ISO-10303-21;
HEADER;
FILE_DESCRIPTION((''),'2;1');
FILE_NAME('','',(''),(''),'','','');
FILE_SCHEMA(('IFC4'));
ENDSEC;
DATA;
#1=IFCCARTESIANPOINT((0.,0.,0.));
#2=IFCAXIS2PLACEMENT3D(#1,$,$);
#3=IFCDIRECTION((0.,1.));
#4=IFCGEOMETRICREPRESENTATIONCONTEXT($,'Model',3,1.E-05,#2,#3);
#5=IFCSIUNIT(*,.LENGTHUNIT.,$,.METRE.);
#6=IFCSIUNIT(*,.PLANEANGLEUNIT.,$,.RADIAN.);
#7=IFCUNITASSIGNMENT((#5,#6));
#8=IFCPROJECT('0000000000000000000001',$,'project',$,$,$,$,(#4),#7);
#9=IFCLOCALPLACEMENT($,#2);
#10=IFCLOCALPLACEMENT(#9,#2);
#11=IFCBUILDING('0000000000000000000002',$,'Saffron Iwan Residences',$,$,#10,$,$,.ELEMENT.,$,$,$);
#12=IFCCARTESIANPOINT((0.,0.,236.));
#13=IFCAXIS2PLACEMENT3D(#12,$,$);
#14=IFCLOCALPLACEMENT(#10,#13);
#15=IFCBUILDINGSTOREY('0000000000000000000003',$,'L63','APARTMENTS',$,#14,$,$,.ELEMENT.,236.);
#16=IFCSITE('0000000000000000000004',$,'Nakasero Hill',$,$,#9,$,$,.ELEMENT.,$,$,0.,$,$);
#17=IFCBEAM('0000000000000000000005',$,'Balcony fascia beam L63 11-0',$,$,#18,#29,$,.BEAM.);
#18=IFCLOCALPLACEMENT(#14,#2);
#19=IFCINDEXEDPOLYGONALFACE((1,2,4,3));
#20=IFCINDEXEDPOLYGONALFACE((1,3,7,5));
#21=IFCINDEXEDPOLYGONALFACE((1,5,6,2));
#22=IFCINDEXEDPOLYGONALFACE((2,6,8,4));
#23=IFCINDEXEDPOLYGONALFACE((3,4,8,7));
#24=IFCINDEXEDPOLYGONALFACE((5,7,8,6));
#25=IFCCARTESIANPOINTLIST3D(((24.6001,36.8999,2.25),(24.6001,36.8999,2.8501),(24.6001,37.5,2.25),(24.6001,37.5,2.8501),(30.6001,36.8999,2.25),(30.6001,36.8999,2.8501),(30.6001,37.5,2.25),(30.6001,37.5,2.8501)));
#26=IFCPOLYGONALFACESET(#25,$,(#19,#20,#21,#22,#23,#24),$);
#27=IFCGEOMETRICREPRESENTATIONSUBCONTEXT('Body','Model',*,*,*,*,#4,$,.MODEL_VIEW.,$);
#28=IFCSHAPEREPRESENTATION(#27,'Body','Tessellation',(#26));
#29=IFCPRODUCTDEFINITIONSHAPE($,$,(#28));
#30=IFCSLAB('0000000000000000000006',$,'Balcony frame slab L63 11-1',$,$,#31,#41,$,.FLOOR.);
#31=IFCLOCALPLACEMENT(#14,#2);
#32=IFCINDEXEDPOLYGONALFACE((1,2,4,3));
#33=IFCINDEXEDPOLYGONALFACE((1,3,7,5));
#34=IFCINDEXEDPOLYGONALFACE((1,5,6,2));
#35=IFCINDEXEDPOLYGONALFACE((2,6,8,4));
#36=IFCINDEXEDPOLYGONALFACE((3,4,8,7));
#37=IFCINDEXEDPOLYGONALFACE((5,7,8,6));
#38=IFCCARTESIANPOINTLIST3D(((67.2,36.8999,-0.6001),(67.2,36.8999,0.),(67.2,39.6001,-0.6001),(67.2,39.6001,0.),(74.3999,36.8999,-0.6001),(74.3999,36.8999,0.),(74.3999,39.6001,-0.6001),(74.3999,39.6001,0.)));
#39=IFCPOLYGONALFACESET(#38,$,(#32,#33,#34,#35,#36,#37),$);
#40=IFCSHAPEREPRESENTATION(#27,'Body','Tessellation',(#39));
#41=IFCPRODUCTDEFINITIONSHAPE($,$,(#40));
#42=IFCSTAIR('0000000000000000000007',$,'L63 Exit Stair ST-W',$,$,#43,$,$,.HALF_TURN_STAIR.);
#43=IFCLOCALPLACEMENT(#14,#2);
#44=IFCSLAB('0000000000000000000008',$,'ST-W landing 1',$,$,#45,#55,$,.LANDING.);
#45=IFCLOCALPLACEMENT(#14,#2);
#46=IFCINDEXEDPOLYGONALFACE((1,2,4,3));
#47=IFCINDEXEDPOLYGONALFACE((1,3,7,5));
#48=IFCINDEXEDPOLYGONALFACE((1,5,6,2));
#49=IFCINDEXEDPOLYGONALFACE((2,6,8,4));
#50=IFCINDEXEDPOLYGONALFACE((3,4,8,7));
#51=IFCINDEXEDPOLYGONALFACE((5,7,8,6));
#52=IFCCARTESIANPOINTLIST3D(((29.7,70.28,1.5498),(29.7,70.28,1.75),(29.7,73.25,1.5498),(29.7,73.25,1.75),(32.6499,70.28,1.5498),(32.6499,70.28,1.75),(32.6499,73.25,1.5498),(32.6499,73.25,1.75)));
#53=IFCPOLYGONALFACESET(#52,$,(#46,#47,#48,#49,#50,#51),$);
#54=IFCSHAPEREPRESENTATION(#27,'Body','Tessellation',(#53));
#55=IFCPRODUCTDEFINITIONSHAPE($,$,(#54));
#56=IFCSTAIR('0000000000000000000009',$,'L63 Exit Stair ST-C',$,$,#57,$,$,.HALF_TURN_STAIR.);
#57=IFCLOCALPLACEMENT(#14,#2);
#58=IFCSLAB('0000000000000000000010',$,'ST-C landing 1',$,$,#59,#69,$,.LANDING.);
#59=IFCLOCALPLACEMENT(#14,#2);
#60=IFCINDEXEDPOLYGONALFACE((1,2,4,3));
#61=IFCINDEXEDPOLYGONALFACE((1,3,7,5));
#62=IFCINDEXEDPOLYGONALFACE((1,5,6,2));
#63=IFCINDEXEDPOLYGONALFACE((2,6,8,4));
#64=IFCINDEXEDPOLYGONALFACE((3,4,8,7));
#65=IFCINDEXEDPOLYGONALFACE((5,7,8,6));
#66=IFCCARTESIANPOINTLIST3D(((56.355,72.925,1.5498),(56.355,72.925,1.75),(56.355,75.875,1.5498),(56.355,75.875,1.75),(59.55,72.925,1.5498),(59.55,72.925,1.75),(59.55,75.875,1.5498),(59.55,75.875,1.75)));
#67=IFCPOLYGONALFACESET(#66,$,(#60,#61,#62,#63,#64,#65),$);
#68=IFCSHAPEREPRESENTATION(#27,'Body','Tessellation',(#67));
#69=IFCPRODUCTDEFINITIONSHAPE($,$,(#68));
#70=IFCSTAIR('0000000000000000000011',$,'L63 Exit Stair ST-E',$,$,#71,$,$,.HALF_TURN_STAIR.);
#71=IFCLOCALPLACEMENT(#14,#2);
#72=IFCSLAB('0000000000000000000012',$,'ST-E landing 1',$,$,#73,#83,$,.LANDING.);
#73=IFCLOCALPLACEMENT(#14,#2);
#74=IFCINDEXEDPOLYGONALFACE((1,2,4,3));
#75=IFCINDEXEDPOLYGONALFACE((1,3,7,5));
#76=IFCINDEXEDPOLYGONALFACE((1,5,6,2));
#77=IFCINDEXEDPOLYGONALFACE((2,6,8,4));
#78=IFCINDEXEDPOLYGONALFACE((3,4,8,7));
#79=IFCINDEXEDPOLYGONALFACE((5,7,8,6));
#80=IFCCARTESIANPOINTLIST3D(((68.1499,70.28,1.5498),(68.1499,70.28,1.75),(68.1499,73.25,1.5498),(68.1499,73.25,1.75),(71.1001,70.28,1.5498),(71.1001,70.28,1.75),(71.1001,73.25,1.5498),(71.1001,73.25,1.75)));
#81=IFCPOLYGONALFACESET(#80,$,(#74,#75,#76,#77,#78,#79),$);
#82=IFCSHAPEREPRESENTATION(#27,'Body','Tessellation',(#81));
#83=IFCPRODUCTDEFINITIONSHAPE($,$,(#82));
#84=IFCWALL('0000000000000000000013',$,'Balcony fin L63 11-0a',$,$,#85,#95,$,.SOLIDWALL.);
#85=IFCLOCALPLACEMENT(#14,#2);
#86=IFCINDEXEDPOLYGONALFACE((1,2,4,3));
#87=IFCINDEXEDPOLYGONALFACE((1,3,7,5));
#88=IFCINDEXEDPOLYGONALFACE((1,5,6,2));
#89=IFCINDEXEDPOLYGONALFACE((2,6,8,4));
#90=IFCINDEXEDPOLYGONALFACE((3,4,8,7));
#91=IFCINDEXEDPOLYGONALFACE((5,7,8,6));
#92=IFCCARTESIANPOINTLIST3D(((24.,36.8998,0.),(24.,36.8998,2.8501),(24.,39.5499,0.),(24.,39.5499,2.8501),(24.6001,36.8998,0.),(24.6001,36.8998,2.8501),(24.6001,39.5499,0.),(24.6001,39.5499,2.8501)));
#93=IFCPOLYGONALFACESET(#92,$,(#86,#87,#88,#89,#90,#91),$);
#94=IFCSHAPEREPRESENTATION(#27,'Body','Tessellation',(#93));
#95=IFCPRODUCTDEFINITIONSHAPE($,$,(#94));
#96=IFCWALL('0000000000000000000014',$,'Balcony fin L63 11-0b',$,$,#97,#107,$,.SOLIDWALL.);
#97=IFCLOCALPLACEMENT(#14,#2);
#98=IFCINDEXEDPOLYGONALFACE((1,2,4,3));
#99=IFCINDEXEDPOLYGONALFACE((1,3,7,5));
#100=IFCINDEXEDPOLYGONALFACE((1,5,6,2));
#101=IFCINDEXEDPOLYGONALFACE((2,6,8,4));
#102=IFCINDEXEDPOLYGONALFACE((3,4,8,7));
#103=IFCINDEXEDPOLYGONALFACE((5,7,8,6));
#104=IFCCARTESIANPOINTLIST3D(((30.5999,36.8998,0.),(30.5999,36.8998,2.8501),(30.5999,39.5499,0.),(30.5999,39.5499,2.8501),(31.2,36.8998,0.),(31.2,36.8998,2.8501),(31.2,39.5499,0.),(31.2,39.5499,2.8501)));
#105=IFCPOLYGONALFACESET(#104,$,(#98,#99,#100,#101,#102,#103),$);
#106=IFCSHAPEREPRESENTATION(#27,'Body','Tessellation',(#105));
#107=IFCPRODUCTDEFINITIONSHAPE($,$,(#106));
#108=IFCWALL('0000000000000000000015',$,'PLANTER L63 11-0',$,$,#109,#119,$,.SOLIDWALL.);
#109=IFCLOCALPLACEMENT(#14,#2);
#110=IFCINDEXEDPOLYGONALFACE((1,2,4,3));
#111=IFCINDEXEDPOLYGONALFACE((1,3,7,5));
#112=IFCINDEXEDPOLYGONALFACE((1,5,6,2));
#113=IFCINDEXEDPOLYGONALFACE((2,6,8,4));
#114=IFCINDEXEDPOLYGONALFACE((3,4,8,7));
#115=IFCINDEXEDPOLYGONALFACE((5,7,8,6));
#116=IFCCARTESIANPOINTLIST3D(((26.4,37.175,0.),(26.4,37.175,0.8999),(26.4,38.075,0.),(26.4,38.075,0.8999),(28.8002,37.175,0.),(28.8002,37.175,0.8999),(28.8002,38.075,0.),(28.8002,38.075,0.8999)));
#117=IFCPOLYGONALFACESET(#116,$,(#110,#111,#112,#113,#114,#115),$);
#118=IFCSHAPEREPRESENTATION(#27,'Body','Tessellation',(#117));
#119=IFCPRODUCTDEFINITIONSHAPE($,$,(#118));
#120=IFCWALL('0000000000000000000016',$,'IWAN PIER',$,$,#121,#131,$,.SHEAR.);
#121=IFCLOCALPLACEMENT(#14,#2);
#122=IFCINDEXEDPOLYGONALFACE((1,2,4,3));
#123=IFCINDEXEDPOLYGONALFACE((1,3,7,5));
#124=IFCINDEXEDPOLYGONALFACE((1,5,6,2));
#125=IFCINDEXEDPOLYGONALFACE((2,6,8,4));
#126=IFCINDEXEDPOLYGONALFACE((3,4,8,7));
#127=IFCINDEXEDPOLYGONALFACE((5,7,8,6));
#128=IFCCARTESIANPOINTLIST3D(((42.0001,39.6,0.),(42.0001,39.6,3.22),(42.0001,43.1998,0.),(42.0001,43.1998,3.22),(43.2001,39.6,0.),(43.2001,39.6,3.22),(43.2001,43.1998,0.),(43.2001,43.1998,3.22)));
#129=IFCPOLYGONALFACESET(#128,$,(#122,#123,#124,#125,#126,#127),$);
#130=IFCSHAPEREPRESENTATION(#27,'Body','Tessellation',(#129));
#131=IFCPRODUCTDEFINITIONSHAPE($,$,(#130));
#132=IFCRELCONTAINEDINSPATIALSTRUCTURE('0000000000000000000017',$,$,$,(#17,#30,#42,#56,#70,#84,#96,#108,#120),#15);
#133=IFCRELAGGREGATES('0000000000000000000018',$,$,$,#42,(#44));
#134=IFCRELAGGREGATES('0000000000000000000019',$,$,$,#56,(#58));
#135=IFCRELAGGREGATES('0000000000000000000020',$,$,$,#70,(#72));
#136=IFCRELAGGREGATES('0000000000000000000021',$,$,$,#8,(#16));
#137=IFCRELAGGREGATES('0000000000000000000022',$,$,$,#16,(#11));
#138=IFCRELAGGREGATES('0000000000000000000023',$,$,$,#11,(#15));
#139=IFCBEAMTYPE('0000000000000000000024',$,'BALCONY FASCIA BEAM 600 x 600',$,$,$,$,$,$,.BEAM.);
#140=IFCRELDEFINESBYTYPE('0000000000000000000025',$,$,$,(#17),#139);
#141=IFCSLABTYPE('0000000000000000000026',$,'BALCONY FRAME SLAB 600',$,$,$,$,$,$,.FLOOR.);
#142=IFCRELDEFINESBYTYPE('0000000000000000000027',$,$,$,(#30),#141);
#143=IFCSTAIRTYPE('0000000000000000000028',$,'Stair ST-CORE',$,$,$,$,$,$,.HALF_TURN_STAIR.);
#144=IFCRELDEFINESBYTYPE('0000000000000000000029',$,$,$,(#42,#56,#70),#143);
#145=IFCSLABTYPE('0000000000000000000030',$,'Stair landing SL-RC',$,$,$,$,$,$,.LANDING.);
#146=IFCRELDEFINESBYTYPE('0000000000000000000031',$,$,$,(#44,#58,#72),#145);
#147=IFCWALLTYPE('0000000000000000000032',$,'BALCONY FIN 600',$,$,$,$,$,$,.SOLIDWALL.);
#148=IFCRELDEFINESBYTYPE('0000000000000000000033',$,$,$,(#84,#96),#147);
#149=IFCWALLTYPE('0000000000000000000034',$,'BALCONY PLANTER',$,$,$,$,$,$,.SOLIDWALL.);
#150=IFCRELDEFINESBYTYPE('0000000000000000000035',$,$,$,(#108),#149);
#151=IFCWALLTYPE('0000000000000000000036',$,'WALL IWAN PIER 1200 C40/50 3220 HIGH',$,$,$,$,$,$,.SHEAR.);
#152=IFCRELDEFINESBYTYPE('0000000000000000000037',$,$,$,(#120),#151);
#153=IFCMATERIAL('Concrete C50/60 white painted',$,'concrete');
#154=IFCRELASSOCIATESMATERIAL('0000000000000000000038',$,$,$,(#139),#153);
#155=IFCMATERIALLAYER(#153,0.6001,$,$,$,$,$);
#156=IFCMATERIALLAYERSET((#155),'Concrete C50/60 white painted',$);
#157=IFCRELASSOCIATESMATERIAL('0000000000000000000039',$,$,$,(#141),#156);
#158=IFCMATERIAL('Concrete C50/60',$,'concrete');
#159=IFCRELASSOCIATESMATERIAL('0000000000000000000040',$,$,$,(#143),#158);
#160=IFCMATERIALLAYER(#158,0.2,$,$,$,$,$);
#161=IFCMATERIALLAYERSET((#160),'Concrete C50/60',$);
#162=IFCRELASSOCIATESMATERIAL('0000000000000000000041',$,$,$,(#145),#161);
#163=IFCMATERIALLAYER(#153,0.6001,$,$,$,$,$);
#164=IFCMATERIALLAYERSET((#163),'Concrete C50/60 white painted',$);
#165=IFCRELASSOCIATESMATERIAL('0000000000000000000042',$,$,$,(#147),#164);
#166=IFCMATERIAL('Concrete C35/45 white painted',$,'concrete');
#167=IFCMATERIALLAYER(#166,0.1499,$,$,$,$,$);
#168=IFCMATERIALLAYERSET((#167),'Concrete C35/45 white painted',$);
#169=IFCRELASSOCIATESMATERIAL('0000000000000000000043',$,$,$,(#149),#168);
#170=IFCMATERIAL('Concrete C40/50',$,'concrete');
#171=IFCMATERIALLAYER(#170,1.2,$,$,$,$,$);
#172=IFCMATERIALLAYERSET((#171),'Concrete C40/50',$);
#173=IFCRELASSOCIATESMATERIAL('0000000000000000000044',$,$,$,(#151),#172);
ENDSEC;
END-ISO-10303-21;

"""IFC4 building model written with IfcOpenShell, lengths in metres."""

from ifc_helpers import new_model, si_unit, direction, frame, frame_2d, origin, origin_2d, place, context, subcontext, project, spatial, polyline, rectangle, outline, extrude, source, transform, mapped, material, layer, layer_set, material_profile, profile_set, type_object, element, aggregate, save


model = new_model("IFC4")

# Units and contexts
model_context = context("Model", 3, precision=1e-05, world=origin(), true_north=direction((0.0, 1.0)))
body_context = subcontext(model_context, "Body", "Model", "MODEL_VIEW")
ifc_project = project(units=[si_unit("LENGTHUNIT", "METRE"), si_unit("PLANEANGLEUNIT", "RADIAN")], contexts=[model_context])

# Site, building, storey
site_placement = place(None, origin())
site = spatial("IfcSite", under=ifc_project, at=site_placement, Name="Nakasero Hill", CompositionType="ELEMENT", RefElevation=0.0)
building_placement = place(site_placement, origin())
building = spatial("IfcBuilding", under=site, at=building_placement, Name="Saffron Iwan Residences", CompositionType="ELEMENT")
storey_placement = place(building_placement, frame((0.0, 0.0, 236.0)))
storey = spatial("IfcBuildingStorey", under=building, at=storey_placement, Name="L63", Description="APARTMENTS", CompositionType="ELEMENT", Elevation=236.0)

# Beam
ifc_material_1 = material(Name="Concrete C50/60 white painted", Category="concrete")
ifc_material_profile = material_profile(ifc_material_1, rectangle(XDim=0.6001, YDim=0.6001, at=origin_2d()), Name="BALCONY FASCIA BEAM 600 x 600")
ifc_profile_set = profile_set([ifc_material_profile], Name="Concrete C50/60 white painted")
beam_type = type_object("IfcBeamType", Name="BALCONY FASCIA BEAM 600 x 600", PredefinedType="BEAM", material=ifc_profile_set)
shared_shape = source(origin(), body_context, "Body", "SweptSolid", [
    extrude(rectangle(XDim=0.6001, YDim=0.6001, at=origin_2d()), origin(), (0.0, 0.0, 1.0), 6.0),
])
beam_placement = place(storey_placement, frame((24.6001, 37.2, 2.55), z_axis=(1.0, 0.0, 0.0), x_axis=(0.0, 1.0, 0.0)))
element("IfcBeam", 1, at=beam_placement, inside=storey, type_object=beam_type, Name="Balcony fascia beam L63 11-0", PredefinedType="BEAM", context=body_context, shape_type="MappedRepresentation", body=[
    mapped(shared_shape, transform((0.0, 0.0, 0.0))),
])

# Slab
ifc_layer_1 = layer(ifc_material_1, 0.6001)
ifc_layer_set_1 = layer_set([ifc_layer_1], Name="Concrete C50/60 white painted")
slab_type_1 = type_object("IfcSlabType", Name="BALCONY FRAME SLAB 600", PredefinedType="FLOOR", material=ifc_layer_set_1)
slab_1_placement = place(storey_placement, frame((0.0, 0.0, -0.6001)))
element("IfcSlab", 2, at=slab_1_placement, inside=storey, type_object=slab_type_1, Name="Balcony frame slab L63 11-1", PredefinedType="FLOOR", context=body_context, shape_type="SweptSolid", body=[
    extrude(outline(polyline([(67.2, 36.8999), (74.3999, 36.8999), (74.3999, 39.6001), (67.2, 39.6001), (67.2, 36.8999)])), origin(), (0.0, 0.0, 1.0), 0.6001),
])

# Stairs, slabs
ifc_material_2 = material(Name="Concrete C50/60", Category="concrete")
stair_type = type_object("IfcStairType", Name="Stair ST-CORE", PredefinedType="HALF_TURN_STAIR", material=ifc_material_2)
stair_1_placement = place(storey_placement, origin())
stair_1 = element("IfcStair", 3, at=stair_1_placement, inside=storey, type_object=stair_type, Name="L63 Exit Stair ST-W", PredefinedType="HALF_TURN_STAIR")
ifc_layer_2 = layer(ifc_material_2, 0.2)
ifc_layer_set_2 = layer_set([ifc_layer_2], Name="Concrete C50/60")
slab_type_2 = type_object("IfcSlabType", Name="Stair landing SL-RC", PredefinedType="LANDING", material=ifc_layer_set_2)
slab_2_placement = place(storey_placement, frame((0.0, 0.0, 1.5498)))
slab_2 = element("IfcSlab", 4, at=slab_2_placement, type_object=slab_type_2, Name="ST-W landing 1", PredefinedType="LANDING", context=body_context, shape_type="SweptSolid", body=[
    extrude(outline(polyline([(32.6499, 70.28), (32.6499, 73.25), (29.7, 73.25), (29.7, 70.28), (32.6499, 70.28)])), origin(), (0.0, 0.0, 1.0), 0.2002),
])
aggregate(stair_1, [slab_2])
stair_2_placement = place(storey_placement, origin())
stair_2 = element("IfcStair", 5, at=stair_2_placement, inside=storey, type_object=stair_type, Name="L63 Exit Stair ST-C", PredefinedType="HALF_TURN_STAIR")
slab_3_placement = place(storey_placement, frame((0.0, 0.0, 1.5498)))
slab_3 = element("IfcSlab", 6, at=slab_3_placement, type_object=slab_type_2, Name="ST-C landing 1", PredefinedType="LANDING", context=body_context, shape_type="SweptSolid", body=[
    extrude(outline(polyline([(56.355, 72.925), (59.55, 72.925), (59.55, 75.875), (56.355, 75.875), (56.355, 72.925)])), origin(), (0.0, 0.0, 1.0), 0.2002),
])
aggregate(stair_2, [slab_3])
stair_3_placement = place(storey_placement, origin())
stair_3 = element("IfcStair", 7, at=stair_3_placement, inside=storey, type_object=stair_type, Name="L63 Exit Stair ST-E", PredefinedType="HALF_TURN_STAIR")
slab_4_placement = place(storey_placement, frame((0.0, 0.0, 1.5498)))
slab_4 = element("IfcSlab", 8, at=slab_4_placement, type_object=slab_type_2, Name="ST-E landing 1", PredefinedType="LANDING", context=body_context, shape_type="SweptSolid", body=[
    extrude(outline(polyline([(71.1001, 70.28), (71.1001, 73.25), (68.1499, 73.25), (68.1499, 70.28), (71.1001, 70.28)])), origin(), (0.0, 0.0, 1.0), 0.2002),
])
aggregate(stair_3, [slab_4])

# Walls
ifc_layer_3 = layer(ifc_material_1, 0.6001)
ifc_layer_set_3 = layer_set([ifc_layer_3], Name="Concrete C50/60 white painted")
wall_type_1 = type_object("IfcWallType", Name="BALCONY FIN 600", PredefinedType="SOLIDWALL", material=ifc_layer_set_3)
for number, where, z_axis, x_axis, name in (
    (9, (24.3, 39.55, 0.0), (0.0, 0.0, 1.0), (0.0, -1.0, 0.0), "Balcony fin L63 11-0a"),
    (10, (30.8999, 39.55, 0.0), (0.0, 0.0, 1.0), (0.0, -1.0, 0.0), "Balcony fin L63 11-0b"),
):
    element("IfcWall", number, at=place(storey_placement, frame(where, z_axis=z_axis, x_axis=x_axis)), inside=storey, type_object=wall_type_1, Name=name, PredefinedType="SOLIDWALL", context=body_context, shape_type="SweptSolid", body=[
        extrude(rectangle(XDim=2.6501, YDim=0.6001, at=frame_2d((1.3252, 0.0))), origin(), (0.0, 0.0, 1.0), 2.8501),
    ])
ifc_material_3 = material(Name="Concrete C35/45 white painted", Category="concrete")
ifc_layer_4 = layer(ifc_material_3, 0.1499)
ifc_layer_set_4 = layer_set([ifc_layer_4], Name="Concrete C35/45 white painted")
wall_type_2 = type_object("IfcWallType", Name="BALCONY PLANTER", PredefinedType="SOLIDWALL", material=ifc_layer_set_4)
wall_1_placement = place(storey_placement, frame((26.3999, 37.625, 0.0), z_axis=(0.0, 0.0, 1.0), x_axis=(1.0, 0.0, 0.0)))
element("IfcWall", 11, at=wall_1_placement, inside=storey, type_object=wall_type_2, Name="PLANTER L63 11-0", PredefinedType="SOLIDWALL", context=body_context, shape_type="SweptSolid", body=[
    extrude(rectangle(XDim=2.4001, YDim=0.8999, at=frame_2d((1.2002, 0.0))), origin(), (0.0, 0.0, 1.0), 0.8999),
])
ifc_material_4 = material(Name="Concrete C40/50", Category="concrete")
ifc_layer_5 = layer(ifc_material_4, 1.2)
ifc_layer_set_5 = layer_set([ifc_layer_5], Name="Concrete C40/50")
wall_type_3 = type_object("IfcWallType", Name="WALL IWAN PIER 1200 C40/50 3220 HIGH", PredefinedType="SHEAR", material=ifc_layer_set_5)
wall_2_placement = place(storey_placement, frame((42.6001, 39.6001, 0.0), z_axis=(0.0, 0.0, 1.0), x_axis=(0.0, 1.0, 0.0)))
element("IfcWall", 12, at=wall_2_placement, inside=storey, type_object=wall_type_3, Name="IWAN PIER", PredefinedType="SHEAR", context=body_context, shape_type="SweptSolid", body=[
    extrude(rectangle(XDim=3.5999, YDim=1.2, at=frame_2d((1.7998, 0.0))), origin(), (0.0, 0.0, 1.0), 3.22),
])

save(model, "model.ifc")
